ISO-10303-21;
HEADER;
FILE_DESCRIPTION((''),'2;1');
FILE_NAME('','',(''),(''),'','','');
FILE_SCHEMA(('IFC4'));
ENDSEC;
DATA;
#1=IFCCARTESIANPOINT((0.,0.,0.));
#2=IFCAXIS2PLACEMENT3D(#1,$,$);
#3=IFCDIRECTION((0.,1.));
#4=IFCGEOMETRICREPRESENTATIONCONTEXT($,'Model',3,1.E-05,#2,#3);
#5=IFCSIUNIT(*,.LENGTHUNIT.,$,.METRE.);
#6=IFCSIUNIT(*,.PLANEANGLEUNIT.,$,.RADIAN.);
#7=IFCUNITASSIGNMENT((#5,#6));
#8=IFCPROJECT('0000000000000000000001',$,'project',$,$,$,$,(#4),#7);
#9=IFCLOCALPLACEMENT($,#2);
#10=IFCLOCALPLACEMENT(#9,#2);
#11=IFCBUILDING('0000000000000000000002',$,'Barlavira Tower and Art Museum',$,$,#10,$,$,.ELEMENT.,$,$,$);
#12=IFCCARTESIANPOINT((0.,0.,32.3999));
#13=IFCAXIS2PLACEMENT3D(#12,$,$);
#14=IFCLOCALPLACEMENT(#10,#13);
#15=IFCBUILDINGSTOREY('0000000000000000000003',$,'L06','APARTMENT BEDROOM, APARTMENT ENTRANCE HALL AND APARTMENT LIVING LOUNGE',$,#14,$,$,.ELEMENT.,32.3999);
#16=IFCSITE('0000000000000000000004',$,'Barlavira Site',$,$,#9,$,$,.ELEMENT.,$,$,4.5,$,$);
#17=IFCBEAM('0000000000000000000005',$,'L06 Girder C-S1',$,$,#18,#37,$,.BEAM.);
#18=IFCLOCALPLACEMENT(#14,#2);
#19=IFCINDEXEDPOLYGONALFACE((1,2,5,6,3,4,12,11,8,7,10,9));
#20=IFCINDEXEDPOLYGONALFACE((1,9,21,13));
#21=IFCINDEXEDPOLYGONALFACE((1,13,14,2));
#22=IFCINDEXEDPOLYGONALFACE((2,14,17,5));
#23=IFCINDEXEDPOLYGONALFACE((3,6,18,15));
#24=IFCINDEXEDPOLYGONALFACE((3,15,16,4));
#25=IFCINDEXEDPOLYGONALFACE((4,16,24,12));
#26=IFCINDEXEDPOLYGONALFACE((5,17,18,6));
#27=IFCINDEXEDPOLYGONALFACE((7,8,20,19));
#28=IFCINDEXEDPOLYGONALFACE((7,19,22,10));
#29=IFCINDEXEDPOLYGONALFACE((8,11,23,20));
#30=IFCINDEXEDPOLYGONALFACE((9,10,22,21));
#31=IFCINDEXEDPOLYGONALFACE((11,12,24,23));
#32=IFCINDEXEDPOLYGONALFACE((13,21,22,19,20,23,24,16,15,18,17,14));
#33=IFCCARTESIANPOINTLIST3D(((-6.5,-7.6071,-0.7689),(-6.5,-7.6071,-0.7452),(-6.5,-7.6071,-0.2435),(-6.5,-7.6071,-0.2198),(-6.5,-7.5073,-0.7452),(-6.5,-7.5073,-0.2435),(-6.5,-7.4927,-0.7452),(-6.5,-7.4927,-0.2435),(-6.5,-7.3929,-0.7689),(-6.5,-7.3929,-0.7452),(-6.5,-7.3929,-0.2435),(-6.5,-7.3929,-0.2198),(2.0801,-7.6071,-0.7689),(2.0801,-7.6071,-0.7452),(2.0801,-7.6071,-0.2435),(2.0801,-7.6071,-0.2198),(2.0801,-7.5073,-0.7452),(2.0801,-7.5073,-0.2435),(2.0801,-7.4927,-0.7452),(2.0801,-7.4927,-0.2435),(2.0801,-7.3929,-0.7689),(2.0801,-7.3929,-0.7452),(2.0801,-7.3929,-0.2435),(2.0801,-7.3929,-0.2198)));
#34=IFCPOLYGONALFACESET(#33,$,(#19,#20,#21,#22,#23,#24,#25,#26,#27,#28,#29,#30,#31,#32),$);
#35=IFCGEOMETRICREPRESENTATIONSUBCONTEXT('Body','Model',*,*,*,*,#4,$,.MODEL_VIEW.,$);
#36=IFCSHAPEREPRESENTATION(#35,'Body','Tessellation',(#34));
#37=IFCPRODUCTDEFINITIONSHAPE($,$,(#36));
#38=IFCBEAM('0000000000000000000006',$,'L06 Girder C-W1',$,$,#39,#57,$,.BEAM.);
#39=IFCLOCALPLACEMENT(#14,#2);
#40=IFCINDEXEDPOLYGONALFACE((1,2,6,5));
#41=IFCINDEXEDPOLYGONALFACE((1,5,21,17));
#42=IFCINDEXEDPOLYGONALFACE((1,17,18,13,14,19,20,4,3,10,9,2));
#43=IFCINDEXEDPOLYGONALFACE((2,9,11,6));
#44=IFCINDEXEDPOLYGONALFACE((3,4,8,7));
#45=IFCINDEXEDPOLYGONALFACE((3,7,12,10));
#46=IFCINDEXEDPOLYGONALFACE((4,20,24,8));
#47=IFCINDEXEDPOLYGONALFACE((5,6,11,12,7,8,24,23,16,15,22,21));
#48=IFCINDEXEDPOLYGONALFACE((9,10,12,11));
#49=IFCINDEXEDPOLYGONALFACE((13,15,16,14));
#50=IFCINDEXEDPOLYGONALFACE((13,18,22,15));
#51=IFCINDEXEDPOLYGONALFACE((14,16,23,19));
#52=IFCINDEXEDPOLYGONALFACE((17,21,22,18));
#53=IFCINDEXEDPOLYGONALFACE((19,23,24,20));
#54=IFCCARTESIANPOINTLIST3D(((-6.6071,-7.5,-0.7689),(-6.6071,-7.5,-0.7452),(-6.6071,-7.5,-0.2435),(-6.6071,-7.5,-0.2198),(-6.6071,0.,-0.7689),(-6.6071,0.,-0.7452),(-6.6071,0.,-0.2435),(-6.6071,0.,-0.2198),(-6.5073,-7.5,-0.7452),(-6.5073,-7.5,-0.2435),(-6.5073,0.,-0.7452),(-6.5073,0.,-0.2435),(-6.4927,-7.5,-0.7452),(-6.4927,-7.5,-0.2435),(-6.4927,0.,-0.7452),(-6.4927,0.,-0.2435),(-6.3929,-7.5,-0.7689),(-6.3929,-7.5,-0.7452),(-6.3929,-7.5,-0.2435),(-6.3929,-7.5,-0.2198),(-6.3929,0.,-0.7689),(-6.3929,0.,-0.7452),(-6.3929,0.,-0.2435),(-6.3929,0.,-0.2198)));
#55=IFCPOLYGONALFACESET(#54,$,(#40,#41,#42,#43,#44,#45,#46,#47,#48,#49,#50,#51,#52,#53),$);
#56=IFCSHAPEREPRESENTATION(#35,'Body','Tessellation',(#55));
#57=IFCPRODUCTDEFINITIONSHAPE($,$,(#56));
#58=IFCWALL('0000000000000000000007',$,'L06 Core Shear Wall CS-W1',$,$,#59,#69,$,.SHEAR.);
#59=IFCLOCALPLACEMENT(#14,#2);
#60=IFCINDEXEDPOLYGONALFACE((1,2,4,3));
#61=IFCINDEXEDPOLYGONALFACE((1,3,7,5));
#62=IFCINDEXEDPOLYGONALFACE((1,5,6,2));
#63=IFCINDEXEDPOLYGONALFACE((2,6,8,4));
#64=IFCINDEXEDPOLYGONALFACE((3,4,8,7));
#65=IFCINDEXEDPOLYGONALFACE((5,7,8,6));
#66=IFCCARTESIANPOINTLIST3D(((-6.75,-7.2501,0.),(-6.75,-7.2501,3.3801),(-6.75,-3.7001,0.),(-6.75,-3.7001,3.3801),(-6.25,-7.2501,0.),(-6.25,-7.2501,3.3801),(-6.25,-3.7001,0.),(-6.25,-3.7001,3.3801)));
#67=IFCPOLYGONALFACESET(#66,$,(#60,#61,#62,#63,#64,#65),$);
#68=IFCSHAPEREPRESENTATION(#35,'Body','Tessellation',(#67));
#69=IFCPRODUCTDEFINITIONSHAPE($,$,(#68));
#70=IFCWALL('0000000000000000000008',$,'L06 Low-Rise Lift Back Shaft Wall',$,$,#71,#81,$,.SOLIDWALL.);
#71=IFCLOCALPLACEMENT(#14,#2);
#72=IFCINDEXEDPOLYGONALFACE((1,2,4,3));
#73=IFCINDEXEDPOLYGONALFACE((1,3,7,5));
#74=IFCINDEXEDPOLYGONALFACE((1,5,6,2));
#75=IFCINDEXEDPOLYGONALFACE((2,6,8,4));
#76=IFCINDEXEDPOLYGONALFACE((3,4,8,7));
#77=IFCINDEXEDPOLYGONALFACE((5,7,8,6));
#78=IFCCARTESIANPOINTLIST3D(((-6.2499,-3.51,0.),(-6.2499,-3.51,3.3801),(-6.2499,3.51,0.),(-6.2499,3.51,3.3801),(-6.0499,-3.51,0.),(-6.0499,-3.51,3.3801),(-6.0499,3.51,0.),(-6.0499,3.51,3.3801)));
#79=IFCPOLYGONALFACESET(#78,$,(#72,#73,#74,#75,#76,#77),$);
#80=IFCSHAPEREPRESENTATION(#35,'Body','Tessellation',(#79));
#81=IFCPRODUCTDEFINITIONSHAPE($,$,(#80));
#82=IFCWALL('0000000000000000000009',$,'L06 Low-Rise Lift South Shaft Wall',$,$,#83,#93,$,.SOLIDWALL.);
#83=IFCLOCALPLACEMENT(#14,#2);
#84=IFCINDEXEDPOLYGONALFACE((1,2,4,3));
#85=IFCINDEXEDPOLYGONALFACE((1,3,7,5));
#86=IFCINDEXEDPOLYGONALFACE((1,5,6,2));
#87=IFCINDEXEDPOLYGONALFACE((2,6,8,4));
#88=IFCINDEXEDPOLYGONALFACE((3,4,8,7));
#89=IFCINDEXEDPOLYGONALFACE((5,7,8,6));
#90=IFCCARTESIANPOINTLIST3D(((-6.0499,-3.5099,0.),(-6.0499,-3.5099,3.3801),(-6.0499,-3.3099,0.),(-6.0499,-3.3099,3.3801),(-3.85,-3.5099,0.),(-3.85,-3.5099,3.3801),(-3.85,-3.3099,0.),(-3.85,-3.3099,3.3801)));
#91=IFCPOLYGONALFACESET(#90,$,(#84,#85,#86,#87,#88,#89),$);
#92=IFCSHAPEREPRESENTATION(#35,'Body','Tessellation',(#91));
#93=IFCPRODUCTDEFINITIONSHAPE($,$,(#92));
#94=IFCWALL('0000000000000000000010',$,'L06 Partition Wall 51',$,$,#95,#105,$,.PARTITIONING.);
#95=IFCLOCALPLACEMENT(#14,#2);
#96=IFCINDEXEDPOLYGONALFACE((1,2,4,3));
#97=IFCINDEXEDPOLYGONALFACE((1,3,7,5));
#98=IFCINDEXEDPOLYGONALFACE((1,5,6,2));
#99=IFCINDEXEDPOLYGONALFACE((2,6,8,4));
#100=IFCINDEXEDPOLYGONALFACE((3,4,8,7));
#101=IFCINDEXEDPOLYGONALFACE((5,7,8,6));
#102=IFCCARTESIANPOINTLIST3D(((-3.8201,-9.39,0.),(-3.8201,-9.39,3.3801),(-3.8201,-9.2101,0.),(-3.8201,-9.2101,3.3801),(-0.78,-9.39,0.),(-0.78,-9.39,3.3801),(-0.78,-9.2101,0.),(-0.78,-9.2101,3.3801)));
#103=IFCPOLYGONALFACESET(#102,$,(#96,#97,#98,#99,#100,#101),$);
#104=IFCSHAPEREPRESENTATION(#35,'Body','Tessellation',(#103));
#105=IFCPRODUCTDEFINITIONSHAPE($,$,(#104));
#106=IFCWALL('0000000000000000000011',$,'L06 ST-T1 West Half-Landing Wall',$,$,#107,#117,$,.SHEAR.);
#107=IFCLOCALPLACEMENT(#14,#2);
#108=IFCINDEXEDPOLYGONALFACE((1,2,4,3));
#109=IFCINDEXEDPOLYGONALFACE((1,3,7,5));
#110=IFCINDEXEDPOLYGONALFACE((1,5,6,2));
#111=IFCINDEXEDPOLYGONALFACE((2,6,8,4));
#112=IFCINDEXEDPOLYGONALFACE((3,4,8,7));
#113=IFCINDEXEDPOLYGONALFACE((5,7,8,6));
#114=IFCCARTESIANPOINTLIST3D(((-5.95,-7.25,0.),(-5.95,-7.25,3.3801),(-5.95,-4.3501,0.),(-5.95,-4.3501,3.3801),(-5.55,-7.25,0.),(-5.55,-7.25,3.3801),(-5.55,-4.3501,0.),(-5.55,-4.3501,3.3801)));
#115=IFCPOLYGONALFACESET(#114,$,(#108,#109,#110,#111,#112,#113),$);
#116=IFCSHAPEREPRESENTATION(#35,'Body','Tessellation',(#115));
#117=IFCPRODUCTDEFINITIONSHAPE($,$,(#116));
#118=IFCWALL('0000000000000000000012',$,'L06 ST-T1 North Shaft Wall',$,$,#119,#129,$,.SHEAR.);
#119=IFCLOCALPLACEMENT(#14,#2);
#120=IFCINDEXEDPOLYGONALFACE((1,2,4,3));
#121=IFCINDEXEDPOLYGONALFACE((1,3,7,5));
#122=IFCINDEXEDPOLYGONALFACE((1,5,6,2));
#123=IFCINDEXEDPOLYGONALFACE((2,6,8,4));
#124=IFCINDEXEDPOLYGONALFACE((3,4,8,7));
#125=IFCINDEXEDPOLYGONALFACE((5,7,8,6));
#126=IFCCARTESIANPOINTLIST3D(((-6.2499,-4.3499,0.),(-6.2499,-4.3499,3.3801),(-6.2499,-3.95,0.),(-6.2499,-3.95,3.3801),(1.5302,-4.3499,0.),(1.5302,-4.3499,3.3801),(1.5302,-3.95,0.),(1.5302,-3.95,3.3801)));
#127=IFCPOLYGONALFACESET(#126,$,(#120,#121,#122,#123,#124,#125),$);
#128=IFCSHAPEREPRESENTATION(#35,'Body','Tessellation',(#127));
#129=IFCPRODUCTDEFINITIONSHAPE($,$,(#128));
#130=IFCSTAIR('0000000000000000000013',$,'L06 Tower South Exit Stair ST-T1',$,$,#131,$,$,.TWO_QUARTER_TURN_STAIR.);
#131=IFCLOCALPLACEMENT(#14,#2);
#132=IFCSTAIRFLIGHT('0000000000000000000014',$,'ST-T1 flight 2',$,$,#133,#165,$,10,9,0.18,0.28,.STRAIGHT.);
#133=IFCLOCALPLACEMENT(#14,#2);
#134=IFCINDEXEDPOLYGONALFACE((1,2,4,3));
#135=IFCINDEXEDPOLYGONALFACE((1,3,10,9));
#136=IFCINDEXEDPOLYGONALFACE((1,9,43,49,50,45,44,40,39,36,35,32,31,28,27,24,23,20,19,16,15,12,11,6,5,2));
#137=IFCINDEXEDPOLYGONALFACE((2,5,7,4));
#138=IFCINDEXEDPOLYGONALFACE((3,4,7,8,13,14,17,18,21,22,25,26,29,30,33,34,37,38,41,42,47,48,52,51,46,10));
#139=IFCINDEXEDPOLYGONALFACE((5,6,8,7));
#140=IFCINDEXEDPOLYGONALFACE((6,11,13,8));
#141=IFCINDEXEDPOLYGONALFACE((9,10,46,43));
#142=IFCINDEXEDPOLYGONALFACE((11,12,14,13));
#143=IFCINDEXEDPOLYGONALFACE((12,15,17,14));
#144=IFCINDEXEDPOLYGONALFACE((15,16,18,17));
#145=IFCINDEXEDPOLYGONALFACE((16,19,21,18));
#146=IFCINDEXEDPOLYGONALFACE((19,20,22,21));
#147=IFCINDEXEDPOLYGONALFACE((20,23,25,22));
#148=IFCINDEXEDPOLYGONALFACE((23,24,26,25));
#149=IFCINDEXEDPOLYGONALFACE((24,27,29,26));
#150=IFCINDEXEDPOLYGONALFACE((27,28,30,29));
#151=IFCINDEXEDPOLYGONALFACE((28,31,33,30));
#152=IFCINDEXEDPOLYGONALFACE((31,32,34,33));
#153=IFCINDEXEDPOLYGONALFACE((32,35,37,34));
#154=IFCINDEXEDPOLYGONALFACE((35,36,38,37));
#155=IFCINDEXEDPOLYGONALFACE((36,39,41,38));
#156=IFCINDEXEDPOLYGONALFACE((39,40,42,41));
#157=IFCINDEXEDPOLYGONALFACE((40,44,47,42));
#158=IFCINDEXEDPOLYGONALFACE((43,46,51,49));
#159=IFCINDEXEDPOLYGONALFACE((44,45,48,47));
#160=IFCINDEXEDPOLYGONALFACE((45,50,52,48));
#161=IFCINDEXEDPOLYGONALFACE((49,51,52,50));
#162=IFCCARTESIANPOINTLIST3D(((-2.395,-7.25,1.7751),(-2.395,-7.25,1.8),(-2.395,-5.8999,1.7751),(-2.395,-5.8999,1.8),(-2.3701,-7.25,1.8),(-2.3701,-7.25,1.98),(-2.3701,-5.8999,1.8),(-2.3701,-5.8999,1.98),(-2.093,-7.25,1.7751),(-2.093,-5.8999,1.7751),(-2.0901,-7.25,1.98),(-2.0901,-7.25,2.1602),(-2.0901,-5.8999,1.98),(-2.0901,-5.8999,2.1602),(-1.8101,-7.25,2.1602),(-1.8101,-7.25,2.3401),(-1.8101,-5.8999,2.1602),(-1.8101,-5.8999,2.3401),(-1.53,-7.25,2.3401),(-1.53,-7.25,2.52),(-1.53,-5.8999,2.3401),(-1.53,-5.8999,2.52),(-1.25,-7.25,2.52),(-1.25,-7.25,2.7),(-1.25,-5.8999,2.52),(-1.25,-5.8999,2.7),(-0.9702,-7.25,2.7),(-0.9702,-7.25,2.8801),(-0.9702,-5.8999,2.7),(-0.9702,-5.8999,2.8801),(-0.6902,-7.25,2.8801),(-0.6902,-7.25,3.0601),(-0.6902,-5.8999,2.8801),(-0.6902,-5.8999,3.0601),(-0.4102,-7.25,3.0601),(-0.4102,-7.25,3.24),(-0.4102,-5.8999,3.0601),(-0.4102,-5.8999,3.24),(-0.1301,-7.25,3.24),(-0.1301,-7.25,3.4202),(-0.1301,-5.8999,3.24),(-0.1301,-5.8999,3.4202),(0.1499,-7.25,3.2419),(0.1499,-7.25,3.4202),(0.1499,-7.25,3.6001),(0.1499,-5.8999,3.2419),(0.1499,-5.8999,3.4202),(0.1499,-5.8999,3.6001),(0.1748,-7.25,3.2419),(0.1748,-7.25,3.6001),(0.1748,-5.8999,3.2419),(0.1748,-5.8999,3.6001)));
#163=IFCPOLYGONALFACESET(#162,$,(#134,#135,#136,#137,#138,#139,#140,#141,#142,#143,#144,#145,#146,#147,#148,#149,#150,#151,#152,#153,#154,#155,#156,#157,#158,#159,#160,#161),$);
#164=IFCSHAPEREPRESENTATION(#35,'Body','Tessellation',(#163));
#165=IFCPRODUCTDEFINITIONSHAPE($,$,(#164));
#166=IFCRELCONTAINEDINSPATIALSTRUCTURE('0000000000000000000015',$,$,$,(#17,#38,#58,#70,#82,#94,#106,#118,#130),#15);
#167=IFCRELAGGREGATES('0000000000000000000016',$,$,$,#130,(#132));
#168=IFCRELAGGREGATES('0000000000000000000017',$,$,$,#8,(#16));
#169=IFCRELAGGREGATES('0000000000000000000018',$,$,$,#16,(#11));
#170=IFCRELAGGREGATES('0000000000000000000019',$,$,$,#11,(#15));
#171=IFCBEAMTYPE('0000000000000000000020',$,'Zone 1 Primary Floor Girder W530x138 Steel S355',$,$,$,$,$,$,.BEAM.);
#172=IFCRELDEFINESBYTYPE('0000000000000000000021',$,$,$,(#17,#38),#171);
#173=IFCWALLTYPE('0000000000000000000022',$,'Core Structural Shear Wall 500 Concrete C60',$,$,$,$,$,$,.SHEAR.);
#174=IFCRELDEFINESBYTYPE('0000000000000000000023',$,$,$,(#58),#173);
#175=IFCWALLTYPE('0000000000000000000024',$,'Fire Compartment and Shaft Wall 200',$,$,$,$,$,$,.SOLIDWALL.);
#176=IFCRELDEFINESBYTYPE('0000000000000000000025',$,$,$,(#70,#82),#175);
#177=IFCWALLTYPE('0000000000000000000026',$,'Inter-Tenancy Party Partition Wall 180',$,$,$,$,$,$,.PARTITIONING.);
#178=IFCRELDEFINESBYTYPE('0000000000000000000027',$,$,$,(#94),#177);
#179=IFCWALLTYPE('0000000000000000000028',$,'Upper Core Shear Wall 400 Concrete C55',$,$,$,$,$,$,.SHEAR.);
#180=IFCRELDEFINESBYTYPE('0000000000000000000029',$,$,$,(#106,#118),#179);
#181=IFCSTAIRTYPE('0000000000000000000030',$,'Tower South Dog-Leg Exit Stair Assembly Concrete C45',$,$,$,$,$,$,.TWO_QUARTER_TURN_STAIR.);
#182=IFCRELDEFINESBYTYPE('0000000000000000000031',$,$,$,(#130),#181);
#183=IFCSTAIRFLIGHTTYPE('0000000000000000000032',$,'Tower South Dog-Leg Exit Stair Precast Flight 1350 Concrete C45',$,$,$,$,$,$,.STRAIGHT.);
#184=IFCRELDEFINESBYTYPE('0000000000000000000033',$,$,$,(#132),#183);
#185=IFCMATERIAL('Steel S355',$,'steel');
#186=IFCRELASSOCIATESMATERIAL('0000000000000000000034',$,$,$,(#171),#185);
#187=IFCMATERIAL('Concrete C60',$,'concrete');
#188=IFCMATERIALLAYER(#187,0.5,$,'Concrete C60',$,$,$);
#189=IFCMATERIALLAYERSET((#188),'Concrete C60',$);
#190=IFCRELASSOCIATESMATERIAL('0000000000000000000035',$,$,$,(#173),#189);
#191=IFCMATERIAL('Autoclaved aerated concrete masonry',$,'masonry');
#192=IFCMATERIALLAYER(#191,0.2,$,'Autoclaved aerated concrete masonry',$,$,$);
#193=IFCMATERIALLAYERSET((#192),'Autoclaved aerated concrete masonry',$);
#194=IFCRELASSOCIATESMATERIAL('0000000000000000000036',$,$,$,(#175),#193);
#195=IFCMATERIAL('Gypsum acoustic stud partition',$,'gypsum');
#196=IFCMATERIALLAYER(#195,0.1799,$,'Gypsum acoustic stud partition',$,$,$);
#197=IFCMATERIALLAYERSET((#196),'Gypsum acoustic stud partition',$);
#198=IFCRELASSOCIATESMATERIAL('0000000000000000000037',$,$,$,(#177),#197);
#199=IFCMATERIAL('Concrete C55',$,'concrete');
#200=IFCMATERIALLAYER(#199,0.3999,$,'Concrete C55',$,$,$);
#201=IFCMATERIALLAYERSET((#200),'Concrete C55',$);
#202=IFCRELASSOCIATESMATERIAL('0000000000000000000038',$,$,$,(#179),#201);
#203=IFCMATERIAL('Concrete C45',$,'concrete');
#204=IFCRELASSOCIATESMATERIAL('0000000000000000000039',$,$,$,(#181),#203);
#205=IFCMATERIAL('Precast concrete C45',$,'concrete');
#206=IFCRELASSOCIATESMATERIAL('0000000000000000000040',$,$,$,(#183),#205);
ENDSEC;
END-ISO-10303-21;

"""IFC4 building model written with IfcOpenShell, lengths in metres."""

from ifc_helpers import new_model, si_unit, direction, frame, frame_2d, origin, origin_2d, place, context, subcontext, project, spatial, polyline, rectangle, i_section, outline, extrude, material, layer, layer_set, material_profile, profile_set, type_object, element, aggregate, save


model = new_model("IFC4")

# Units and contexts
model_context = context("Model", 3, precision=1e-05, world=origin(), true_north=direction((0.0, 1.0)))
body_context = subcontext(model_context, "Body", "Model", "MODEL_VIEW")
ifc_project = project(units=[si_unit("LENGTHUNIT", "METRE"), si_unit("PLANEANGLEUNIT", "RADIAN")], contexts=[model_context])

# Site, building, storey
site_placement = place(None, origin())
site = spatial("IfcSite", under=ifc_project, at=site_placement, Name="Barlavira Site", CompositionType="ELEMENT", RefElevation=4.5)
building_placement = place(site_placement, origin())
building = spatial("IfcBuilding", under=site, at=building_placement, Name="Barlavira Tower and Art Museum", CompositionType="ELEMENT")
storey_placement = place(building_placement, frame((0.0, 0.0, 32.3999)))
storey = spatial("IfcBuildingStorey", under=building, at=storey_placement, Name="L06", Description="APARTMENT BEDROOM, APARTMENT ENTRANCE HALL AND APARTMENT LIVING LOUNGE", CompositionType="ELEMENT", Elevation=32.3999)

# Beams
ifc_material_1 = material(Name="Steel S355", Category="steel")
ifc_material_profile = material_profile(ifc_material_1, i_section(OverallWidth=0.2141, OverallDepth=0.5491, WebThickness=0.0146, FlangeThickness=0.0237, at=origin_2d()), Name="W530x138.0")
ifc_profile_set = profile_set([ifc_material_profile], Name="Steel S355")
beam_type = type_object("IfcBeamType", Name="Zone 1 Primary Floor Girder W530x138 Steel S355", PredefinedType="BEAM", material=ifc_profile_set)
beam_1_placement = place(storey_placement, frame((-6.5, -7.5, -0.4944), z_axis=(1.0, 0.0, 0.0), x_axis=(0.0, 1.0, 0.0)))
element("IfcBeam", 1, at=beam_1_placement, inside=storey, type_object=beam_type, Name="L06 Girder C-S1", PredefinedType="BEAM", context=body_context, shape_type="SweptSolid", body=[
    extrude(i_section(OverallWidth=0.2141, OverallDepth=0.5491, WebThickness=0.0146, FlangeThickness=0.0237, at=origin_2d()), origin(), (0.0, 0.0, 1.0), 8.5801),
])
beam_2_placement = place(storey_placement, frame((-6.5, -7.5, -0.4944), z_axis=(0.0, 1.0, 0.0), x_axis=(-1.0, 0.0, 0.0)))
element("IfcBeam", 2, at=beam_2_placement, inside=storey, type_object=beam_type, Name="L06 Girder C-W1", PredefinedType="BEAM", context=body_context, shape_type="SweptSolid", body=[
    extrude(i_section(OverallWidth=0.2141, OverallDepth=0.5491, WebThickness=0.0146, FlangeThickness=0.0237, at=origin_2d()), origin(), (0.0, 0.0, 1.0), 7.5),
])

# Wall
ifc_material_2 = material(Name="Concrete C60", Category="concrete")
ifc_layer_1 = layer(ifc_material_2, 0.5, Name="Concrete C60")
ifc_layer_set_1 = layer_set([ifc_layer_1], Name="Concrete C60")
wall_type_1 = type_object("IfcWallType", Name="Core Structural Shear Wall 500 Concrete C60", PredefinedType="SHEAR", material=ifc_layer_set_1)
wall_1_placement = place(storey_placement, frame((-6.5, -7.25, 0.0), z_axis=(0.0, 0.0, 1.0), x_axis=(0.0, 1.0, 0.0)))
element("IfcWall", 3, at=wall_1_placement, inside=storey, type_object=wall_type_1, Name="L06 Core Shear Wall CS-W1", PredefinedType="SHEAR", context=body_context, shape_type="SweptSolid", body=[
    extrude(rectangle(XDim=3.55, YDim=0.5, at=frame_2d((1.7749, 0.0))), origin(), (0.0, 0.0, 1.0), 3.3801),
])

# Shared definitions
ifc_material_3 = material(Name="Autoclaved aerated concrete masonry", Category="masonry")
ifc_layer_2 = layer(ifc_material_3, 0.2, Name="Autoclaved aerated concrete masonry")
ifc_layer_set_2 = layer_set([ifc_layer_2], Name="Autoclaved aerated concrete masonry")
wall_type_2 = type_object("IfcWallType", Name="Fire Compartment and Shaft Wall 200", PredefinedType="SOLIDWALL", material=ifc_layer_set_2)

# Walls
wall_2_placement = place(storey_placement, frame((-6.1499, -3.51, 0.0), z_axis=(0.0, 0.0, 1.0), x_axis=(0.0, 1.0, 0.0)))
element("IfcWall", 4, at=wall_2_placement, inside=storey, type_object=wall_type_2, Name="L06 Low-Rise Lift Back Shaft Wall", PredefinedType="SOLIDWALL", context=body_context, shape_type="SweptSolid", body=[
    extrude(rectangle(XDim=7.02, YDim=0.2, at=frame_2d((3.51, 0.0))), origin(), (0.0, 0.0, 1.0), 3.3801),
])
wall_3_placement = place(storey_placement, frame((-6.05, -3.4099, 0.0), z_axis=(0.0, 0.0, 1.0), x_axis=(1.0, 0.0, 0.0)))
element("IfcWall", 5, at=wall_3_placement, inside=storey, type_object=wall_type_2, Name="L06 Low-Rise Lift South Shaft Wall", PredefinedType="SOLIDWALL", context=body_context, shape_type="SweptSolid", body=[
    extrude(rectangle(XDim=2.2, YDim=0.2, at=frame_2d((1.1001, 0.0))), origin(), (0.0, 0.0, 1.0), 3.3801),
])
ifc_material_4 = material(Name="Gypsum acoustic stud partition", Category="gypsum")
ifc_layer_3 = layer(ifc_material_4, 0.1799, Name="Gypsum acoustic stud partition")
ifc_layer_set_3 = layer_set([ifc_layer_3], Name="Gypsum acoustic stud partition")
wall_type_3 = type_object("IfcWallType", Name="Inter-Tenancy Party Partition Wall 180", PredefinedType="PARTITIONING", material=ifc_layer_set_3)
wall_4_placement = place(storey_placement, frame((-3.8201, -9.3, 0.0), z_axis=(0.0, 0.0, 1.0), x_axis=(1.0, 0.0, 0.0)))
element("IfcWall", 6, at=wall_4_placement, inside=storey, type_object=wall_type_3, Name="L06 Partition Wall 51", PredefinedType="PARTITIONING", context=body_context, shape_type="SweptSolid", body=[
    extrude(rectangle(XDim=3.04, YDim=0.1799, at=frame_2d((1.52, 0.0))), origin(), (0.0, 0.0, 1.0), 3.3801),
])
ifc_material_5 = material(Name="Concrete C55", Category="concrete")
ifc_layer_4 = layer(ifc_material_5, 0.3999, Name="Concrete C55")
ifc_layer_set_4 = layer_set([ifc_layer_4], Name="Concrete C55")
wall_type_4 = type_object("IfcWallType", Name="Upper Core Shear Wall 400 Concrete C55", PredefinedType="SHEAR", material=ifc_layer_set_4)
wall_5_placement = place(storey_placement, frame((-5.75, -7.25, 0.0), z_axis=(0.0, 0.0, 1.0), x_axis=(0.0, 1.0, 0.0)))
element("IfcWall", 7, at=wall_5_placement, inside=storey, type_object=wall_type_4, Name="L06 ST-T1 West Half-Landing Wall", PredefinedType="SHEAR", context=body_context, shape_type="SweptSolid", body=[
    extrude(rectangle(XDim=2.8999, YDim=0.3999, at=frame_2d((1.45, 0.0))), origin(), (0.0, 0.0, 1.0), 3.3801),
])
wall_6_placement = place(storey_placement, frame((-6.25, -4.1499, 0.0), z_axis=(0.0, 0.0, 1.0), x_axis=(1.0, 0.0, 0.0)))
element("IfcWall", 8, at=wall_6_placement, inside=storey, type_object=wall_type_4, Name="L06 ST-T1 North Shaft Wall", PredefinedType="SHEAR", context=body_context, shape_type="SweptSolid", body=[
    extrude(rectangle(XDim=7.78, YDim=0.3999, at=frame_2d((3.8901, 0.0))), origin(), (0.0, 0.0, 1.0), 3.3801),
])

# Stair, stair flight
ifc_material_6 = material(Name="Concrete C45", Category="concrete")
stair_type = type_object("IfcStairType", Name="Tower South Dog-Leg Exit Stair Assembly Concrete C45", PredefinedType="TWO_QUARTER_TURN_STAIR", material=ifc_material_6)
stair_placement = place(storey_placement, origin())
stair = element("IfcStair", 9, at=stair_placement, inside=storey, type_object=stair_type, Name="L06 Tower South Exit Stair ST-T1", PredefinedType="TWO_QUARTER_TURN_STAIR")
ifc_material_7 = material(Name="Precast concrete C45", Category="concrete")
stair_flight_type = type_object("IfcStairFlightType", Name="Tower South Dog-Leg Exit Stair Precast Flight 1350 Concrete C45", PredefinedType="STRAIGHT", material=ifc_material_7)
stair_flight_placement = place(storey_placement, frame((-2.3701, -6.575, 1.8), z_axis=(0.0, 0.0, 1.0), x_axis=(1.0, 0.0, 0.0)))
stair_flight = element("IfcStairFlight", 10, at=stair_flight_placement, type_object=stair_flight_type, Name="ST-T1 flight 2", NumberOfRisers=10, NumberOfTreads=9, PredefinedType="STRAIGHT", RiserHeight=0.18, TreadLength=0.28, context=body_context, shape_type="SweptSolid", body=[
    extrude(outline(polyline([(-0.0249, 0.0), (0.0, 0.0), (0.0, 0.1799), (0.28, 0.1799), (0.28, 0.3601), (0.5601, 0.3601), (0.5601, 0.54), (0.8401, 0.54), (0.8401, 0.72), (1.1201, 0.72), (1.1201, 0.8999), (1.3999, 0.8999), (1.3999, 1.0801), (1.6799, 1.0801), (1.6799, 1.26), (1.96, 1.26), (1.96, 1.4399), (2.24, 1.4399), (2.24, 1.6201), (2.52, 1.6201), (2.52, 1.8), (2.5449, 1.8), (2.5449, 1.4419), (2.52, 1.4419), (0.2771, -0.0249), (-0.0249, -0.0249), (-0.0249, 0.0)])), frame((0.0, 0.675, 0.0), z_axis=(0.0, -1.0, 0.0), x_axis=(1.0, 0.0, 0.0)), (0.0, 0.0, 1.0), 1.3501),
])
aggregate(stair, [stair_flight])

save(model, "model.ifc")
